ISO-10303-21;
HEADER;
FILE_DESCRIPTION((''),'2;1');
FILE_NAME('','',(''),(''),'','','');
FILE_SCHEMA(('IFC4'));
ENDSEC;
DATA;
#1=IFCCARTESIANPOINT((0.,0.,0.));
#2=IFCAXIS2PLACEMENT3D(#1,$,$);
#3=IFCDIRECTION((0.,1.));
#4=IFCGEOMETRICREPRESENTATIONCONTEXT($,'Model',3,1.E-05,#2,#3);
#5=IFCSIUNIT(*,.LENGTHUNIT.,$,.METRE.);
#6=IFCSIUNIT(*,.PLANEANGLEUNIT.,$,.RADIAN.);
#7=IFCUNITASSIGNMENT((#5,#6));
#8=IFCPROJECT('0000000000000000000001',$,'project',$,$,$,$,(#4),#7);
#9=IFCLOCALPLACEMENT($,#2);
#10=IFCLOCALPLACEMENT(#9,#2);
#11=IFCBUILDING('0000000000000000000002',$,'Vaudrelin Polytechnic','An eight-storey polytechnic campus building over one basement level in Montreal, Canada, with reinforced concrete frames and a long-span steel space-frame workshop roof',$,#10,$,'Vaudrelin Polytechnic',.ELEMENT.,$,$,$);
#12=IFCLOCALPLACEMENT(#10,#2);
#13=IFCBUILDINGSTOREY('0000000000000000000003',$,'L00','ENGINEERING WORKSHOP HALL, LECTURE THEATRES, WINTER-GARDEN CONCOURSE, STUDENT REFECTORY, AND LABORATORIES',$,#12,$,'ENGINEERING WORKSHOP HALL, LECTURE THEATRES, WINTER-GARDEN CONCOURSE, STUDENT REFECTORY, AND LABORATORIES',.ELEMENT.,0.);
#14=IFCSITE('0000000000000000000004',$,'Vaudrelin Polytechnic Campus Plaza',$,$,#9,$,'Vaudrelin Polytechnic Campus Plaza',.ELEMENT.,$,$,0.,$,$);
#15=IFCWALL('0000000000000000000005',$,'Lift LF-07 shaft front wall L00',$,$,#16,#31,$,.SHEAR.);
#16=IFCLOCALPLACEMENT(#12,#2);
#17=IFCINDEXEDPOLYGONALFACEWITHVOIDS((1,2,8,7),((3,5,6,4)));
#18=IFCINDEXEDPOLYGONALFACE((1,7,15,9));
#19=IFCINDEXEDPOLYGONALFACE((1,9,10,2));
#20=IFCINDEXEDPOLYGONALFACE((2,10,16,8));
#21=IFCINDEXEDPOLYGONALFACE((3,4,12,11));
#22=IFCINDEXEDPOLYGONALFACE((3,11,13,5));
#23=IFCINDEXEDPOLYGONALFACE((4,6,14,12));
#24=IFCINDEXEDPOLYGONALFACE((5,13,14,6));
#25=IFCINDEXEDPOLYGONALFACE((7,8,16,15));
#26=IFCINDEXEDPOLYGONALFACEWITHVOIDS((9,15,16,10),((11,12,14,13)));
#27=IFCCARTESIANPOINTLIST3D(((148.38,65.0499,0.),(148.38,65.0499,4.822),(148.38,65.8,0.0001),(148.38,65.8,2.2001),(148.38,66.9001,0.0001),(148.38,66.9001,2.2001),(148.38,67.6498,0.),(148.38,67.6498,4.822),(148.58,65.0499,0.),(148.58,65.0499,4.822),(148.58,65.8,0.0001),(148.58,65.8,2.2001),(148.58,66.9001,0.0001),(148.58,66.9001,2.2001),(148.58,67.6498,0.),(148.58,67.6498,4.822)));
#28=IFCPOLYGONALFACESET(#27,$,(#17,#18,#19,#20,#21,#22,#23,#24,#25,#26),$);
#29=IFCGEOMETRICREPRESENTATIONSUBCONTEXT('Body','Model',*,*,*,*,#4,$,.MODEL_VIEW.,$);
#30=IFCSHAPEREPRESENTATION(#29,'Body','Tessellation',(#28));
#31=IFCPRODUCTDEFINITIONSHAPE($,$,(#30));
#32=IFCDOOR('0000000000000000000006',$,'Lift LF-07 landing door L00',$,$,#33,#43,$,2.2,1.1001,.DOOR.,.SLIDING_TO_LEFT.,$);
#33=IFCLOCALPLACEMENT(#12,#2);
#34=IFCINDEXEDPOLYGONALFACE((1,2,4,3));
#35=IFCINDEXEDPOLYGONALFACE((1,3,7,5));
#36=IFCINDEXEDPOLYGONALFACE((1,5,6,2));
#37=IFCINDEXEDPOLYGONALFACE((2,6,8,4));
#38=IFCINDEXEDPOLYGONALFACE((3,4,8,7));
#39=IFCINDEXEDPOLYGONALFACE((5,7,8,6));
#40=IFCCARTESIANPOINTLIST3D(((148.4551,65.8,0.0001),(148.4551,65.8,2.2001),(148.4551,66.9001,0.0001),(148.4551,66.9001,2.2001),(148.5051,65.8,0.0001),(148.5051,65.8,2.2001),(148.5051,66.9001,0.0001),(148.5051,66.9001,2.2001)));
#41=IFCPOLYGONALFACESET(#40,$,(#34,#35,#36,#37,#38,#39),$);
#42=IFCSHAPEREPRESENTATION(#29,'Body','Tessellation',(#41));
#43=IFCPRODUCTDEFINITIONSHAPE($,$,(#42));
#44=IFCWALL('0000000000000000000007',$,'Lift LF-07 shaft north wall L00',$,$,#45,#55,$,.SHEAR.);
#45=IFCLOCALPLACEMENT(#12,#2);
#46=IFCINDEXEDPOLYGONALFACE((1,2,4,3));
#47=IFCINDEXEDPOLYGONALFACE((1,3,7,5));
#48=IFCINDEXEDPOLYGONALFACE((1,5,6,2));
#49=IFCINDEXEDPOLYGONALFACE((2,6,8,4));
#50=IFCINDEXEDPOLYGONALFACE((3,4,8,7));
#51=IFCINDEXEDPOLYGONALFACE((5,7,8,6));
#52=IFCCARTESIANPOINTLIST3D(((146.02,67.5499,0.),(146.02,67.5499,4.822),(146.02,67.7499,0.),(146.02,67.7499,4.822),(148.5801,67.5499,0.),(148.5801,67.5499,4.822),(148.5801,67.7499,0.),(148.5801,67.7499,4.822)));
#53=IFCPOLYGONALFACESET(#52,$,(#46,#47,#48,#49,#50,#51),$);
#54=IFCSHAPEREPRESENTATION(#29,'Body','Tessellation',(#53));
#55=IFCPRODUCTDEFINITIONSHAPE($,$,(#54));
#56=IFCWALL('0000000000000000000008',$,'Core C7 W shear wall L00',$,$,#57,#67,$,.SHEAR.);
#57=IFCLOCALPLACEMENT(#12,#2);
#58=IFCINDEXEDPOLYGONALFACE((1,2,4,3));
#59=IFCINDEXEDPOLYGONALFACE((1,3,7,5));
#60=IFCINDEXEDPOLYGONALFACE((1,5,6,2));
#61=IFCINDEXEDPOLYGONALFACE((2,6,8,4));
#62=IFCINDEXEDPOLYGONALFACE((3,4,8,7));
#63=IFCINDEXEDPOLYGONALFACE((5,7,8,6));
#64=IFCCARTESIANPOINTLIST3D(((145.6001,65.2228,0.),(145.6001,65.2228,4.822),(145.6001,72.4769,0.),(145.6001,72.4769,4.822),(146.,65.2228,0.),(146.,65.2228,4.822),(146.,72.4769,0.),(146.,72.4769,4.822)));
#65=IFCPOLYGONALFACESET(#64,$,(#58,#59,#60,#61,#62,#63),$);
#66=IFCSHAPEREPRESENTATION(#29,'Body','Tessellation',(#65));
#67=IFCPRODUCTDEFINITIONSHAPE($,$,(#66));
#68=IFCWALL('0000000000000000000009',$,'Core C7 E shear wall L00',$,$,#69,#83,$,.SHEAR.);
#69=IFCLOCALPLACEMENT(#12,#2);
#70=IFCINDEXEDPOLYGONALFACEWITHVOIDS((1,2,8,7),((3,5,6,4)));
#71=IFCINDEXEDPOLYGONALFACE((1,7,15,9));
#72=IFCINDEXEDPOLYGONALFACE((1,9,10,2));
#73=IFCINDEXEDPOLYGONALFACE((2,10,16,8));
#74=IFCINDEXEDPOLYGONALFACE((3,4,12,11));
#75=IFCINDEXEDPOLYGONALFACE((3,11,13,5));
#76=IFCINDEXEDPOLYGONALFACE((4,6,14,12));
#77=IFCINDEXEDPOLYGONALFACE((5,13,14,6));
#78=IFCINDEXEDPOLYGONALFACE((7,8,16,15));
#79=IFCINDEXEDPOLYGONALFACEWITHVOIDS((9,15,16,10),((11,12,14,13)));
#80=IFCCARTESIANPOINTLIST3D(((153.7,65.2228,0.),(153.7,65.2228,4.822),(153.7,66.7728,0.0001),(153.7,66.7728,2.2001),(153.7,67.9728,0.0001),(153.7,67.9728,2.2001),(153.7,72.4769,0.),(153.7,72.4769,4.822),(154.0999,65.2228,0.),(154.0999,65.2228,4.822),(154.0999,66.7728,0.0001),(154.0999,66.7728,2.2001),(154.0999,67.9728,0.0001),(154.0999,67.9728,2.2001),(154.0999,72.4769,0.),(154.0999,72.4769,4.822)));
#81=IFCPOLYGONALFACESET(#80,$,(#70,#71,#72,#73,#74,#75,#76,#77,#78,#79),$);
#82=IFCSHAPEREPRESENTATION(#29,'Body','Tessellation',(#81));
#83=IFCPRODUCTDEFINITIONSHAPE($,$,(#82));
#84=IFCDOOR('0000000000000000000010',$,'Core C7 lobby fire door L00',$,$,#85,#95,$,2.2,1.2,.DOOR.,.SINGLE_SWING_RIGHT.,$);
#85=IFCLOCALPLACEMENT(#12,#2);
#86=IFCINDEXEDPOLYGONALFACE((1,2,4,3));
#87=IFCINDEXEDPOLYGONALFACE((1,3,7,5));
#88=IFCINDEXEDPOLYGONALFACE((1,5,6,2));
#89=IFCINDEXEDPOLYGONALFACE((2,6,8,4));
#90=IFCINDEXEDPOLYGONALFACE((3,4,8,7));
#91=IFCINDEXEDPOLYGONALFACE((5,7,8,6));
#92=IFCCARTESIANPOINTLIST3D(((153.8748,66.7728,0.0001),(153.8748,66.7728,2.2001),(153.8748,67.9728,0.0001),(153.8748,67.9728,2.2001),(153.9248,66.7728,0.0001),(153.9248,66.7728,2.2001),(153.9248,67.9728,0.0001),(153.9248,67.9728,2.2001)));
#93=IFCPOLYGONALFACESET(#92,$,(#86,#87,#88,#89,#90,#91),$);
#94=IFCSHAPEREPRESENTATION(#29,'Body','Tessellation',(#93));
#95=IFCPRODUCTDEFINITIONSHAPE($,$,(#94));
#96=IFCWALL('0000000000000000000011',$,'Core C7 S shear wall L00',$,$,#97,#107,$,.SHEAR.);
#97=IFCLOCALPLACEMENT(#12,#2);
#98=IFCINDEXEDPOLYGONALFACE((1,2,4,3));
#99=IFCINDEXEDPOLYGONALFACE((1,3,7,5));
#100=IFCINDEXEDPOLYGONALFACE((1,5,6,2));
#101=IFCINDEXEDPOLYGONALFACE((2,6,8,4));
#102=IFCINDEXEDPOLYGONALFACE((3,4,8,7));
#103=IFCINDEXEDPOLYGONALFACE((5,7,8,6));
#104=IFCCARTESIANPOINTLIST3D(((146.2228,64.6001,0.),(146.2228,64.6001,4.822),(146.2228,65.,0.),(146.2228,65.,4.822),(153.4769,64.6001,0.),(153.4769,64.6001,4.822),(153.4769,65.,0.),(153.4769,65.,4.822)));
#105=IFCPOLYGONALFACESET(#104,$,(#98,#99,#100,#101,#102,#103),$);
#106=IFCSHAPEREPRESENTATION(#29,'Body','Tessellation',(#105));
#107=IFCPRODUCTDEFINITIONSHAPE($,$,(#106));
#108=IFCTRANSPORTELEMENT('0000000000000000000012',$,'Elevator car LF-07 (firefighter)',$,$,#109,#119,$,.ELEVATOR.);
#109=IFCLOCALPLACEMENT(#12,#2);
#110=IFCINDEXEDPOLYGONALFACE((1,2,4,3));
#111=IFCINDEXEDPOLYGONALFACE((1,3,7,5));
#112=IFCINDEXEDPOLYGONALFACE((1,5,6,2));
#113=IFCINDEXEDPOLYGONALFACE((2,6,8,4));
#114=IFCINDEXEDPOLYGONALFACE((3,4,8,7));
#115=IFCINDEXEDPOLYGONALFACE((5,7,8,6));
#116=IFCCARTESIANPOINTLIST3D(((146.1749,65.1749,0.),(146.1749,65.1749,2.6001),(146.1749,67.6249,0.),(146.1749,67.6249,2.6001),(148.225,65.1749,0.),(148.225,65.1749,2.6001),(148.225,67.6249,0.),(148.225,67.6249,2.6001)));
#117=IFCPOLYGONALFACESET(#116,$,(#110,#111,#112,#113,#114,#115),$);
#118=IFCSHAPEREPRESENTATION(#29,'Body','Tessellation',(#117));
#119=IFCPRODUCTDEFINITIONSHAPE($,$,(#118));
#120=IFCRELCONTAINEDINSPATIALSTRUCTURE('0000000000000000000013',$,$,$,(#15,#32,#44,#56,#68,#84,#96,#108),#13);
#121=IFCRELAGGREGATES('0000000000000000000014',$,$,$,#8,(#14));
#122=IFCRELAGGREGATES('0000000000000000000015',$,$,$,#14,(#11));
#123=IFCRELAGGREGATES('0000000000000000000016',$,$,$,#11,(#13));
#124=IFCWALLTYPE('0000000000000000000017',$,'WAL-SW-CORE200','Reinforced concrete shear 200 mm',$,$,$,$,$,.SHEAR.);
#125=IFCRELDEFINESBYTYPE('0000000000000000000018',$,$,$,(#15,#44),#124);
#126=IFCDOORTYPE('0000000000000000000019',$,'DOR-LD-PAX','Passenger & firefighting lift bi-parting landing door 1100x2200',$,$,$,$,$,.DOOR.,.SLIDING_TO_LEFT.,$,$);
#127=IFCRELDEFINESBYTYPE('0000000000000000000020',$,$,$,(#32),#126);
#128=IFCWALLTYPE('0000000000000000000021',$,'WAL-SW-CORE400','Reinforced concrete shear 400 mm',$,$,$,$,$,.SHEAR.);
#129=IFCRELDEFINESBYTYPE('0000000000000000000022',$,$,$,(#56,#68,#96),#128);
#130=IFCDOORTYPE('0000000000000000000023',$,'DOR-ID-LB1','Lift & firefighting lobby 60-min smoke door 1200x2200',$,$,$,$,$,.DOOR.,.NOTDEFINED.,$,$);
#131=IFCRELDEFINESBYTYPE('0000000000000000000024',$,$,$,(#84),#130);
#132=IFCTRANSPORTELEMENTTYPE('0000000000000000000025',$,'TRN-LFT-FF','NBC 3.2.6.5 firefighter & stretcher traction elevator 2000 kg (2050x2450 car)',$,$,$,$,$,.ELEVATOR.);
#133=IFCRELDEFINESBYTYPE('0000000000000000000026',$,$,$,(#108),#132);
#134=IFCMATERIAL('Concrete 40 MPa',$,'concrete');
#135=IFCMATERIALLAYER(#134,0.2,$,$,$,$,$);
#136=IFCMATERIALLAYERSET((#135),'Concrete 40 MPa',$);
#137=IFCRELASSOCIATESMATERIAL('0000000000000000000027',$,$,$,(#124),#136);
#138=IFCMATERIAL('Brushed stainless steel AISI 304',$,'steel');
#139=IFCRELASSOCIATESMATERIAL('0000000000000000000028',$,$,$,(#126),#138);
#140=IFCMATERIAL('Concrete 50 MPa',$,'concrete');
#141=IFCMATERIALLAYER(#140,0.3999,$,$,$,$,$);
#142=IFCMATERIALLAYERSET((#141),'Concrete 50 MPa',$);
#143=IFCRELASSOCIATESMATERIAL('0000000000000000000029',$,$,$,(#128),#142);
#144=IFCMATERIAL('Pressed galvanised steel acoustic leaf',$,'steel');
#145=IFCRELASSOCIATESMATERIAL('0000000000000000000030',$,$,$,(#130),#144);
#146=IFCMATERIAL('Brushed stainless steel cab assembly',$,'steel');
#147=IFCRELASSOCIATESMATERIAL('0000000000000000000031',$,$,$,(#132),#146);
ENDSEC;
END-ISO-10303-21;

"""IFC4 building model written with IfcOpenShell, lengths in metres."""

from ifc_helpers import new_model, si_unit, direction, frame, frame_2d, origin, origin_2d, place, context, subcontext, project, spatial, rectangle, extrude, material, layer, layer_set, type_object, element, fill, save


model = new_model("IFC4")

# Units and contexts
model_context = context("Model", 3, precision=1e-05, world=origin(), true_north=direction((0.0, 1.0)))
body_context = subcontext(model_context, "Body", "Model", "MODEL_VIEW")
ifc_project = project(units=[si_unit("LENGTHUNIT", "METRE"), si_unit("PLANEANGLEUNIT", "RADIAN")], contexts=[model_context])

# Site, building, storey
site_placement = place(None, origin())
site = spatial("IfcSite", under=ifc_project, at=site_placement, Name="Vaudrelin Polytechnic Campus Plaza", LongName="Vaudrelin Polytechnic Campus Plaza", CompositionType="ELEMENT", RefElevation=0.0)
building_placement = place(site_placement, origin())
building = spatial("IfcBuilding", under=site, at=building_placement, Name="Vaudrelin Polytechnic", Description="An eight-storey polytechnic campus building over one basement level in Montreal, Canada, with reinforced concrete frames and a long-span steel space-frame workshop roof", LongName="Vaudrelin Polytechnic", CompositionType="ELEMENT")
storey_placement = place(building_placement, origin())
storey = spatial("IfcBuildingStorey", under=building, at=storey_placement, Name="L00", Description="ENGINEERING WORKSHOP HALL, LECTURE THEATRES, WINTER-GARDEN CONCOURSE, STUDENT REFECTORY, AND LABORATORIES", LongName="ENGINEERING WORKSHOP HALL, LECTURE THEATRES, WINTER-GARDEN CONCOURSE, STUDENT REFECTORY, AND LABORATORIES", CompositionType="ELEMENT", Elevation=0.0)

# Shared definitions
ifc_material_1 = material(Name="Concrete 50 MPa", Category="concrete")

# Shared definitions
ifc_material_2 = material(Name="Concrete 40 MPa", Category="concrete")

# Wall, opening, door
ifc_material_3 = material(Name="Pressed galvanised steel acoustic leaf", Category="steel")
ifc_layer_1 = layer(ifc_material_2, 0.2)
ifc_layer_set_1 = layer_set([ifc_layer_1], Name="Concrete 40 MPa")
wall_type_1 = type_object("IfcWallType", Name="WAL-SW-CORE200", Description="Reinforced concrete shear 200 mm", PredefinedType="SHEAR", material=ifc_layer_set_1)
wall_1_placement = place(storey_placement, frame((148.48, 65.05, 0.0), z_axis=(0.0, 0.0, 1.0), x_axis=(0.0, 1.0, 0.0)))
wall_1 = element("IfcWall", 1, at=wall_1_placement, inside=storey, type_object=wall_type_1, Name="Lift LF-07 shaft front wall L00", PredefinedType="SHEAR", context=body_context, shape_type="SweptSolid", body=[
    extrude(rectangle(XDim=2.5999, YDim=0.2, at=frame_2d((1.2998, 0.0))), origin(), (0.0, 0.0, 1.0), 4.822),
])
opening_1_placement = place(wall_1_placement, frame((0.75, 0.0, 0.0)))
opening_1 = element("IfcOpeningElement", 2, at=opening_1_placement, cuts=wall_1, PredefinedType="OPENING", context=body_context, shape_type="SweptSolid", body=[
    extrude(rectangle(XDim=1.1001, YDim=2.2, at=frame_2d((0.55, 1.1001))), frame((0.0, 0.1099, 0.0), z_axis=(0.0, -1.0, 0.0), x_axis=(1.0, 0.0, 0.0)), (0.0, 0.0, 1.0), 0.22),
])
ifc_material_4 = material(Name="Brushed stainless steel AISI 304", Category="steel")
door_type_1 = type_object("IfcDoorType", Name="DOR-LD-PAX", Description="Passenger & firefighting lift bi-parting landing door 1100x2200", OperationType="SLIDING_TO_LEFT", PredefinedType="DOOR", material=ifc_material_4)
door_1_placement = place(opening_1_placement, origin())
door_1 = element("IfcDoor", 3, at=door_1_placement, inside=storey, type_object=door_type_1, Name="Lift LF-07 landing door L00", OperationType="SLIDING_TO_LEFT", OverallHeight=2.2, OverallWidth=1.1001, PredefinedType="DOOR", context=body_context, shape_type="SweptSolid", body=[
    extrude(rectangle(XDim=1.1001, YDim=2.2, at=frame_2d((0.55, 1.1001))), frame((0.0, 0.0249, 0.0), z_axis=(0.0, -1.0, 0.0), x_axis=(1.0, 0.0, 0.0)), (0.0, 0.0, 1.0), 0.05),
])
fill(opening_1, door_1)

# Walls
wall_2_placement = place(storey_placement, frame((146.02, 67.6499, 0.0), z_axis=(0.0, 0.0, 1.0), x_axis=(1.0, 0.0, 0.0)))
element("IfcWall", 4, at=wall_2_placement, inside=storey, type_object=wall_type_1, Name="Lift LF-07 shaft north wall L00", PredefinedType="SHEAR", context=body_context, shape_type="SweptSolid", body=[
    extrude(rectangle(XDim=2.5601, YDim=0.2, at=frame_2d((1.28, 0.0))), origin(), (0.0, 0.0, 1.0), 4.822),
])
ifc_layer_2 = layer(ifc_material_1, 0.3999)
ifc_layer_set_2 = layer_set([ifc_layer_2], Name="Concrete 50 MPa")
wall_type_2 = type_object("IfcWallType", Name="WAL-SW-CORE400", Description="Reinforced concrete shear 400 mm", PredefinedType="SHEAR", material=ifc_layer_set_2)
wall_3_placement = place(storey_placement, frame((145.8, 65.2229, 0.0), z_axis=(0.0, 0.0, 1.0), x_axis=(0.0, 1.0, 0.0)))
element("IfcWall", 5, at=wall_3_placement, inside=storey, type_object=wall_type_2, Name="Core C7 W shear wall L00", PredefinedType="SHEAR", context=body_context, shape_type="SweptSolid", body=[
    extrude(rectangle(XDim=7.2542, YDim=0.3999, at=frame_2d((3.627, 0.0))), origin(), (0.0, 0.0, 1.0), 4.822),
])

# Wall, opening, door
wall_4_placement = place(storey_placement, frame((153.8999, 65.2229, 0.0), z_axis=(0.0, 0.0, 1.0), x_axis=(0.0, 1.0, 0.0)))
wall_4 = element("IfcWall", 6, at=wall_4_placement, inside=storey, type_object=wall_type_2, Name="Core C7 E shear wall L00", PredefinedType="SHEAR", context=body_context, shape_type="SweptSolid", body=[
    extrude(rectangle(XDim=7.2542, YDim=0.3999, at=frame_2d((3.627, 0.0))), origin(), (0.0, 0.0, 1.0), 4.822),
])
opening_2_placement = place(wall_4_placement, frame((2.75, 0.0, 0.0), z_axis=(0.0, 0.0, 1.0), x_axis=(-1.0, 0.0, 0.0)))
opening_2 = element("IfcOpeningElement", 7, at=opening_2_placement, cuts=wall_4, PredefinedType="OPENING", context=body_context, shape_type="SweptSolid", body=[
    extrude(rectangle(XDim=1.2, YDim=2.2, at=frame_2d((0.6001, 1.1001))), frame((0.0, 0.21, 0.0), z_axis=(0.0, -1.0, 0.0), x_axis=(1.0, 0.0, 0.0)), (0.0, 0.0, 1.0), 0.4199),
])
door_type_2 = type_object("IfcDoorType", Name="DOR-ID-LB1", Description="Lift & firefighting lobby 60-min smoke door 1200x2200", OperationType="NOTDEFINED", PredefinedType="DOOR", material=ifc_material_3)
door_2_placement = place(opening_2_placement, origin())
door_2 = element("IfcDoor", 8, at=door_2_placement, inside=storey, type_object=door_type_2, Name="Core C7 lobby fire door L00", OperationType="SINGLE_SWING_RIGHT", OverallHeight=2.2, OverallWidth=1.2, PredefinedType="DOOR", context=body_context, shape_type="SweptSolid", body=[
    extrude(rectangle(XDim=1.2, YDim=2.2, at=frame_2d((0.6001, 1.1001))), frame((0.0, 0.0249, 0.0), z_axis=(0.0, -1.0, 0.0), x_axis=(1.0, 0.0, 0.0)), (0.0, 0.0, 1.0), 0.05),
])
fill(opening_2, door_2)

# Wall
wall_5_placement = place(storey_placement, frame((146.2229, 64.8, 0.0), z_axis=(0.0, 0.0, 1.0), x_axis=(1.0, 0.0, 0.0)))
element("IfcWall", 9, at=wall_5_placement, inside=storey, type_object=wall_type_2, Name="Core C7 S shear wall L00", PredefinedType="SHEAR", context=body_context, shape_type="SweptSolid", body=[
    extrude(rectangle(XDim=7.2542, YDim=0.3999, at=frame_2d((3.627, 0.0))), origin(), (0.0, 0.0, 1.0), 4.822),
])

# Transport element
ifc_material_5 = material(Name="Brushed stainless steel cab assembly", Category="steel")
transport_element_type = type_object("IfcTransportElementType", Name="TRN-LFT-FF", Description="NBC 3.2.6.5 firefighter & stretcher traction elevator 2000 kg (2050x2450 car)", PredefinedType="ELEVATOR", material=ifc_material_5)
transport_element_placement = place(storey_placement, frame((147.2, 66.3999, 0.0), z_axis=(0.0, 0.0, 1.0), x_axis=(1.0, 0.0, 0.0)))
element("IfcTransportElement", 10, at=transport_element_placement, inside=storey, type_object=transport_element_type, Name="Elevator car LF-07 (firefighter)", PredefinedType="ELEVATOR", context=body_context, shape_type="SweptSolid", body=[
    extrude(rectangle(XDim=2.05, YDim=2.45, at=origin_2d()), origin(), (0.0, 0.0, 1.0), 2.6001),
])

save(model, "model.ifc")
